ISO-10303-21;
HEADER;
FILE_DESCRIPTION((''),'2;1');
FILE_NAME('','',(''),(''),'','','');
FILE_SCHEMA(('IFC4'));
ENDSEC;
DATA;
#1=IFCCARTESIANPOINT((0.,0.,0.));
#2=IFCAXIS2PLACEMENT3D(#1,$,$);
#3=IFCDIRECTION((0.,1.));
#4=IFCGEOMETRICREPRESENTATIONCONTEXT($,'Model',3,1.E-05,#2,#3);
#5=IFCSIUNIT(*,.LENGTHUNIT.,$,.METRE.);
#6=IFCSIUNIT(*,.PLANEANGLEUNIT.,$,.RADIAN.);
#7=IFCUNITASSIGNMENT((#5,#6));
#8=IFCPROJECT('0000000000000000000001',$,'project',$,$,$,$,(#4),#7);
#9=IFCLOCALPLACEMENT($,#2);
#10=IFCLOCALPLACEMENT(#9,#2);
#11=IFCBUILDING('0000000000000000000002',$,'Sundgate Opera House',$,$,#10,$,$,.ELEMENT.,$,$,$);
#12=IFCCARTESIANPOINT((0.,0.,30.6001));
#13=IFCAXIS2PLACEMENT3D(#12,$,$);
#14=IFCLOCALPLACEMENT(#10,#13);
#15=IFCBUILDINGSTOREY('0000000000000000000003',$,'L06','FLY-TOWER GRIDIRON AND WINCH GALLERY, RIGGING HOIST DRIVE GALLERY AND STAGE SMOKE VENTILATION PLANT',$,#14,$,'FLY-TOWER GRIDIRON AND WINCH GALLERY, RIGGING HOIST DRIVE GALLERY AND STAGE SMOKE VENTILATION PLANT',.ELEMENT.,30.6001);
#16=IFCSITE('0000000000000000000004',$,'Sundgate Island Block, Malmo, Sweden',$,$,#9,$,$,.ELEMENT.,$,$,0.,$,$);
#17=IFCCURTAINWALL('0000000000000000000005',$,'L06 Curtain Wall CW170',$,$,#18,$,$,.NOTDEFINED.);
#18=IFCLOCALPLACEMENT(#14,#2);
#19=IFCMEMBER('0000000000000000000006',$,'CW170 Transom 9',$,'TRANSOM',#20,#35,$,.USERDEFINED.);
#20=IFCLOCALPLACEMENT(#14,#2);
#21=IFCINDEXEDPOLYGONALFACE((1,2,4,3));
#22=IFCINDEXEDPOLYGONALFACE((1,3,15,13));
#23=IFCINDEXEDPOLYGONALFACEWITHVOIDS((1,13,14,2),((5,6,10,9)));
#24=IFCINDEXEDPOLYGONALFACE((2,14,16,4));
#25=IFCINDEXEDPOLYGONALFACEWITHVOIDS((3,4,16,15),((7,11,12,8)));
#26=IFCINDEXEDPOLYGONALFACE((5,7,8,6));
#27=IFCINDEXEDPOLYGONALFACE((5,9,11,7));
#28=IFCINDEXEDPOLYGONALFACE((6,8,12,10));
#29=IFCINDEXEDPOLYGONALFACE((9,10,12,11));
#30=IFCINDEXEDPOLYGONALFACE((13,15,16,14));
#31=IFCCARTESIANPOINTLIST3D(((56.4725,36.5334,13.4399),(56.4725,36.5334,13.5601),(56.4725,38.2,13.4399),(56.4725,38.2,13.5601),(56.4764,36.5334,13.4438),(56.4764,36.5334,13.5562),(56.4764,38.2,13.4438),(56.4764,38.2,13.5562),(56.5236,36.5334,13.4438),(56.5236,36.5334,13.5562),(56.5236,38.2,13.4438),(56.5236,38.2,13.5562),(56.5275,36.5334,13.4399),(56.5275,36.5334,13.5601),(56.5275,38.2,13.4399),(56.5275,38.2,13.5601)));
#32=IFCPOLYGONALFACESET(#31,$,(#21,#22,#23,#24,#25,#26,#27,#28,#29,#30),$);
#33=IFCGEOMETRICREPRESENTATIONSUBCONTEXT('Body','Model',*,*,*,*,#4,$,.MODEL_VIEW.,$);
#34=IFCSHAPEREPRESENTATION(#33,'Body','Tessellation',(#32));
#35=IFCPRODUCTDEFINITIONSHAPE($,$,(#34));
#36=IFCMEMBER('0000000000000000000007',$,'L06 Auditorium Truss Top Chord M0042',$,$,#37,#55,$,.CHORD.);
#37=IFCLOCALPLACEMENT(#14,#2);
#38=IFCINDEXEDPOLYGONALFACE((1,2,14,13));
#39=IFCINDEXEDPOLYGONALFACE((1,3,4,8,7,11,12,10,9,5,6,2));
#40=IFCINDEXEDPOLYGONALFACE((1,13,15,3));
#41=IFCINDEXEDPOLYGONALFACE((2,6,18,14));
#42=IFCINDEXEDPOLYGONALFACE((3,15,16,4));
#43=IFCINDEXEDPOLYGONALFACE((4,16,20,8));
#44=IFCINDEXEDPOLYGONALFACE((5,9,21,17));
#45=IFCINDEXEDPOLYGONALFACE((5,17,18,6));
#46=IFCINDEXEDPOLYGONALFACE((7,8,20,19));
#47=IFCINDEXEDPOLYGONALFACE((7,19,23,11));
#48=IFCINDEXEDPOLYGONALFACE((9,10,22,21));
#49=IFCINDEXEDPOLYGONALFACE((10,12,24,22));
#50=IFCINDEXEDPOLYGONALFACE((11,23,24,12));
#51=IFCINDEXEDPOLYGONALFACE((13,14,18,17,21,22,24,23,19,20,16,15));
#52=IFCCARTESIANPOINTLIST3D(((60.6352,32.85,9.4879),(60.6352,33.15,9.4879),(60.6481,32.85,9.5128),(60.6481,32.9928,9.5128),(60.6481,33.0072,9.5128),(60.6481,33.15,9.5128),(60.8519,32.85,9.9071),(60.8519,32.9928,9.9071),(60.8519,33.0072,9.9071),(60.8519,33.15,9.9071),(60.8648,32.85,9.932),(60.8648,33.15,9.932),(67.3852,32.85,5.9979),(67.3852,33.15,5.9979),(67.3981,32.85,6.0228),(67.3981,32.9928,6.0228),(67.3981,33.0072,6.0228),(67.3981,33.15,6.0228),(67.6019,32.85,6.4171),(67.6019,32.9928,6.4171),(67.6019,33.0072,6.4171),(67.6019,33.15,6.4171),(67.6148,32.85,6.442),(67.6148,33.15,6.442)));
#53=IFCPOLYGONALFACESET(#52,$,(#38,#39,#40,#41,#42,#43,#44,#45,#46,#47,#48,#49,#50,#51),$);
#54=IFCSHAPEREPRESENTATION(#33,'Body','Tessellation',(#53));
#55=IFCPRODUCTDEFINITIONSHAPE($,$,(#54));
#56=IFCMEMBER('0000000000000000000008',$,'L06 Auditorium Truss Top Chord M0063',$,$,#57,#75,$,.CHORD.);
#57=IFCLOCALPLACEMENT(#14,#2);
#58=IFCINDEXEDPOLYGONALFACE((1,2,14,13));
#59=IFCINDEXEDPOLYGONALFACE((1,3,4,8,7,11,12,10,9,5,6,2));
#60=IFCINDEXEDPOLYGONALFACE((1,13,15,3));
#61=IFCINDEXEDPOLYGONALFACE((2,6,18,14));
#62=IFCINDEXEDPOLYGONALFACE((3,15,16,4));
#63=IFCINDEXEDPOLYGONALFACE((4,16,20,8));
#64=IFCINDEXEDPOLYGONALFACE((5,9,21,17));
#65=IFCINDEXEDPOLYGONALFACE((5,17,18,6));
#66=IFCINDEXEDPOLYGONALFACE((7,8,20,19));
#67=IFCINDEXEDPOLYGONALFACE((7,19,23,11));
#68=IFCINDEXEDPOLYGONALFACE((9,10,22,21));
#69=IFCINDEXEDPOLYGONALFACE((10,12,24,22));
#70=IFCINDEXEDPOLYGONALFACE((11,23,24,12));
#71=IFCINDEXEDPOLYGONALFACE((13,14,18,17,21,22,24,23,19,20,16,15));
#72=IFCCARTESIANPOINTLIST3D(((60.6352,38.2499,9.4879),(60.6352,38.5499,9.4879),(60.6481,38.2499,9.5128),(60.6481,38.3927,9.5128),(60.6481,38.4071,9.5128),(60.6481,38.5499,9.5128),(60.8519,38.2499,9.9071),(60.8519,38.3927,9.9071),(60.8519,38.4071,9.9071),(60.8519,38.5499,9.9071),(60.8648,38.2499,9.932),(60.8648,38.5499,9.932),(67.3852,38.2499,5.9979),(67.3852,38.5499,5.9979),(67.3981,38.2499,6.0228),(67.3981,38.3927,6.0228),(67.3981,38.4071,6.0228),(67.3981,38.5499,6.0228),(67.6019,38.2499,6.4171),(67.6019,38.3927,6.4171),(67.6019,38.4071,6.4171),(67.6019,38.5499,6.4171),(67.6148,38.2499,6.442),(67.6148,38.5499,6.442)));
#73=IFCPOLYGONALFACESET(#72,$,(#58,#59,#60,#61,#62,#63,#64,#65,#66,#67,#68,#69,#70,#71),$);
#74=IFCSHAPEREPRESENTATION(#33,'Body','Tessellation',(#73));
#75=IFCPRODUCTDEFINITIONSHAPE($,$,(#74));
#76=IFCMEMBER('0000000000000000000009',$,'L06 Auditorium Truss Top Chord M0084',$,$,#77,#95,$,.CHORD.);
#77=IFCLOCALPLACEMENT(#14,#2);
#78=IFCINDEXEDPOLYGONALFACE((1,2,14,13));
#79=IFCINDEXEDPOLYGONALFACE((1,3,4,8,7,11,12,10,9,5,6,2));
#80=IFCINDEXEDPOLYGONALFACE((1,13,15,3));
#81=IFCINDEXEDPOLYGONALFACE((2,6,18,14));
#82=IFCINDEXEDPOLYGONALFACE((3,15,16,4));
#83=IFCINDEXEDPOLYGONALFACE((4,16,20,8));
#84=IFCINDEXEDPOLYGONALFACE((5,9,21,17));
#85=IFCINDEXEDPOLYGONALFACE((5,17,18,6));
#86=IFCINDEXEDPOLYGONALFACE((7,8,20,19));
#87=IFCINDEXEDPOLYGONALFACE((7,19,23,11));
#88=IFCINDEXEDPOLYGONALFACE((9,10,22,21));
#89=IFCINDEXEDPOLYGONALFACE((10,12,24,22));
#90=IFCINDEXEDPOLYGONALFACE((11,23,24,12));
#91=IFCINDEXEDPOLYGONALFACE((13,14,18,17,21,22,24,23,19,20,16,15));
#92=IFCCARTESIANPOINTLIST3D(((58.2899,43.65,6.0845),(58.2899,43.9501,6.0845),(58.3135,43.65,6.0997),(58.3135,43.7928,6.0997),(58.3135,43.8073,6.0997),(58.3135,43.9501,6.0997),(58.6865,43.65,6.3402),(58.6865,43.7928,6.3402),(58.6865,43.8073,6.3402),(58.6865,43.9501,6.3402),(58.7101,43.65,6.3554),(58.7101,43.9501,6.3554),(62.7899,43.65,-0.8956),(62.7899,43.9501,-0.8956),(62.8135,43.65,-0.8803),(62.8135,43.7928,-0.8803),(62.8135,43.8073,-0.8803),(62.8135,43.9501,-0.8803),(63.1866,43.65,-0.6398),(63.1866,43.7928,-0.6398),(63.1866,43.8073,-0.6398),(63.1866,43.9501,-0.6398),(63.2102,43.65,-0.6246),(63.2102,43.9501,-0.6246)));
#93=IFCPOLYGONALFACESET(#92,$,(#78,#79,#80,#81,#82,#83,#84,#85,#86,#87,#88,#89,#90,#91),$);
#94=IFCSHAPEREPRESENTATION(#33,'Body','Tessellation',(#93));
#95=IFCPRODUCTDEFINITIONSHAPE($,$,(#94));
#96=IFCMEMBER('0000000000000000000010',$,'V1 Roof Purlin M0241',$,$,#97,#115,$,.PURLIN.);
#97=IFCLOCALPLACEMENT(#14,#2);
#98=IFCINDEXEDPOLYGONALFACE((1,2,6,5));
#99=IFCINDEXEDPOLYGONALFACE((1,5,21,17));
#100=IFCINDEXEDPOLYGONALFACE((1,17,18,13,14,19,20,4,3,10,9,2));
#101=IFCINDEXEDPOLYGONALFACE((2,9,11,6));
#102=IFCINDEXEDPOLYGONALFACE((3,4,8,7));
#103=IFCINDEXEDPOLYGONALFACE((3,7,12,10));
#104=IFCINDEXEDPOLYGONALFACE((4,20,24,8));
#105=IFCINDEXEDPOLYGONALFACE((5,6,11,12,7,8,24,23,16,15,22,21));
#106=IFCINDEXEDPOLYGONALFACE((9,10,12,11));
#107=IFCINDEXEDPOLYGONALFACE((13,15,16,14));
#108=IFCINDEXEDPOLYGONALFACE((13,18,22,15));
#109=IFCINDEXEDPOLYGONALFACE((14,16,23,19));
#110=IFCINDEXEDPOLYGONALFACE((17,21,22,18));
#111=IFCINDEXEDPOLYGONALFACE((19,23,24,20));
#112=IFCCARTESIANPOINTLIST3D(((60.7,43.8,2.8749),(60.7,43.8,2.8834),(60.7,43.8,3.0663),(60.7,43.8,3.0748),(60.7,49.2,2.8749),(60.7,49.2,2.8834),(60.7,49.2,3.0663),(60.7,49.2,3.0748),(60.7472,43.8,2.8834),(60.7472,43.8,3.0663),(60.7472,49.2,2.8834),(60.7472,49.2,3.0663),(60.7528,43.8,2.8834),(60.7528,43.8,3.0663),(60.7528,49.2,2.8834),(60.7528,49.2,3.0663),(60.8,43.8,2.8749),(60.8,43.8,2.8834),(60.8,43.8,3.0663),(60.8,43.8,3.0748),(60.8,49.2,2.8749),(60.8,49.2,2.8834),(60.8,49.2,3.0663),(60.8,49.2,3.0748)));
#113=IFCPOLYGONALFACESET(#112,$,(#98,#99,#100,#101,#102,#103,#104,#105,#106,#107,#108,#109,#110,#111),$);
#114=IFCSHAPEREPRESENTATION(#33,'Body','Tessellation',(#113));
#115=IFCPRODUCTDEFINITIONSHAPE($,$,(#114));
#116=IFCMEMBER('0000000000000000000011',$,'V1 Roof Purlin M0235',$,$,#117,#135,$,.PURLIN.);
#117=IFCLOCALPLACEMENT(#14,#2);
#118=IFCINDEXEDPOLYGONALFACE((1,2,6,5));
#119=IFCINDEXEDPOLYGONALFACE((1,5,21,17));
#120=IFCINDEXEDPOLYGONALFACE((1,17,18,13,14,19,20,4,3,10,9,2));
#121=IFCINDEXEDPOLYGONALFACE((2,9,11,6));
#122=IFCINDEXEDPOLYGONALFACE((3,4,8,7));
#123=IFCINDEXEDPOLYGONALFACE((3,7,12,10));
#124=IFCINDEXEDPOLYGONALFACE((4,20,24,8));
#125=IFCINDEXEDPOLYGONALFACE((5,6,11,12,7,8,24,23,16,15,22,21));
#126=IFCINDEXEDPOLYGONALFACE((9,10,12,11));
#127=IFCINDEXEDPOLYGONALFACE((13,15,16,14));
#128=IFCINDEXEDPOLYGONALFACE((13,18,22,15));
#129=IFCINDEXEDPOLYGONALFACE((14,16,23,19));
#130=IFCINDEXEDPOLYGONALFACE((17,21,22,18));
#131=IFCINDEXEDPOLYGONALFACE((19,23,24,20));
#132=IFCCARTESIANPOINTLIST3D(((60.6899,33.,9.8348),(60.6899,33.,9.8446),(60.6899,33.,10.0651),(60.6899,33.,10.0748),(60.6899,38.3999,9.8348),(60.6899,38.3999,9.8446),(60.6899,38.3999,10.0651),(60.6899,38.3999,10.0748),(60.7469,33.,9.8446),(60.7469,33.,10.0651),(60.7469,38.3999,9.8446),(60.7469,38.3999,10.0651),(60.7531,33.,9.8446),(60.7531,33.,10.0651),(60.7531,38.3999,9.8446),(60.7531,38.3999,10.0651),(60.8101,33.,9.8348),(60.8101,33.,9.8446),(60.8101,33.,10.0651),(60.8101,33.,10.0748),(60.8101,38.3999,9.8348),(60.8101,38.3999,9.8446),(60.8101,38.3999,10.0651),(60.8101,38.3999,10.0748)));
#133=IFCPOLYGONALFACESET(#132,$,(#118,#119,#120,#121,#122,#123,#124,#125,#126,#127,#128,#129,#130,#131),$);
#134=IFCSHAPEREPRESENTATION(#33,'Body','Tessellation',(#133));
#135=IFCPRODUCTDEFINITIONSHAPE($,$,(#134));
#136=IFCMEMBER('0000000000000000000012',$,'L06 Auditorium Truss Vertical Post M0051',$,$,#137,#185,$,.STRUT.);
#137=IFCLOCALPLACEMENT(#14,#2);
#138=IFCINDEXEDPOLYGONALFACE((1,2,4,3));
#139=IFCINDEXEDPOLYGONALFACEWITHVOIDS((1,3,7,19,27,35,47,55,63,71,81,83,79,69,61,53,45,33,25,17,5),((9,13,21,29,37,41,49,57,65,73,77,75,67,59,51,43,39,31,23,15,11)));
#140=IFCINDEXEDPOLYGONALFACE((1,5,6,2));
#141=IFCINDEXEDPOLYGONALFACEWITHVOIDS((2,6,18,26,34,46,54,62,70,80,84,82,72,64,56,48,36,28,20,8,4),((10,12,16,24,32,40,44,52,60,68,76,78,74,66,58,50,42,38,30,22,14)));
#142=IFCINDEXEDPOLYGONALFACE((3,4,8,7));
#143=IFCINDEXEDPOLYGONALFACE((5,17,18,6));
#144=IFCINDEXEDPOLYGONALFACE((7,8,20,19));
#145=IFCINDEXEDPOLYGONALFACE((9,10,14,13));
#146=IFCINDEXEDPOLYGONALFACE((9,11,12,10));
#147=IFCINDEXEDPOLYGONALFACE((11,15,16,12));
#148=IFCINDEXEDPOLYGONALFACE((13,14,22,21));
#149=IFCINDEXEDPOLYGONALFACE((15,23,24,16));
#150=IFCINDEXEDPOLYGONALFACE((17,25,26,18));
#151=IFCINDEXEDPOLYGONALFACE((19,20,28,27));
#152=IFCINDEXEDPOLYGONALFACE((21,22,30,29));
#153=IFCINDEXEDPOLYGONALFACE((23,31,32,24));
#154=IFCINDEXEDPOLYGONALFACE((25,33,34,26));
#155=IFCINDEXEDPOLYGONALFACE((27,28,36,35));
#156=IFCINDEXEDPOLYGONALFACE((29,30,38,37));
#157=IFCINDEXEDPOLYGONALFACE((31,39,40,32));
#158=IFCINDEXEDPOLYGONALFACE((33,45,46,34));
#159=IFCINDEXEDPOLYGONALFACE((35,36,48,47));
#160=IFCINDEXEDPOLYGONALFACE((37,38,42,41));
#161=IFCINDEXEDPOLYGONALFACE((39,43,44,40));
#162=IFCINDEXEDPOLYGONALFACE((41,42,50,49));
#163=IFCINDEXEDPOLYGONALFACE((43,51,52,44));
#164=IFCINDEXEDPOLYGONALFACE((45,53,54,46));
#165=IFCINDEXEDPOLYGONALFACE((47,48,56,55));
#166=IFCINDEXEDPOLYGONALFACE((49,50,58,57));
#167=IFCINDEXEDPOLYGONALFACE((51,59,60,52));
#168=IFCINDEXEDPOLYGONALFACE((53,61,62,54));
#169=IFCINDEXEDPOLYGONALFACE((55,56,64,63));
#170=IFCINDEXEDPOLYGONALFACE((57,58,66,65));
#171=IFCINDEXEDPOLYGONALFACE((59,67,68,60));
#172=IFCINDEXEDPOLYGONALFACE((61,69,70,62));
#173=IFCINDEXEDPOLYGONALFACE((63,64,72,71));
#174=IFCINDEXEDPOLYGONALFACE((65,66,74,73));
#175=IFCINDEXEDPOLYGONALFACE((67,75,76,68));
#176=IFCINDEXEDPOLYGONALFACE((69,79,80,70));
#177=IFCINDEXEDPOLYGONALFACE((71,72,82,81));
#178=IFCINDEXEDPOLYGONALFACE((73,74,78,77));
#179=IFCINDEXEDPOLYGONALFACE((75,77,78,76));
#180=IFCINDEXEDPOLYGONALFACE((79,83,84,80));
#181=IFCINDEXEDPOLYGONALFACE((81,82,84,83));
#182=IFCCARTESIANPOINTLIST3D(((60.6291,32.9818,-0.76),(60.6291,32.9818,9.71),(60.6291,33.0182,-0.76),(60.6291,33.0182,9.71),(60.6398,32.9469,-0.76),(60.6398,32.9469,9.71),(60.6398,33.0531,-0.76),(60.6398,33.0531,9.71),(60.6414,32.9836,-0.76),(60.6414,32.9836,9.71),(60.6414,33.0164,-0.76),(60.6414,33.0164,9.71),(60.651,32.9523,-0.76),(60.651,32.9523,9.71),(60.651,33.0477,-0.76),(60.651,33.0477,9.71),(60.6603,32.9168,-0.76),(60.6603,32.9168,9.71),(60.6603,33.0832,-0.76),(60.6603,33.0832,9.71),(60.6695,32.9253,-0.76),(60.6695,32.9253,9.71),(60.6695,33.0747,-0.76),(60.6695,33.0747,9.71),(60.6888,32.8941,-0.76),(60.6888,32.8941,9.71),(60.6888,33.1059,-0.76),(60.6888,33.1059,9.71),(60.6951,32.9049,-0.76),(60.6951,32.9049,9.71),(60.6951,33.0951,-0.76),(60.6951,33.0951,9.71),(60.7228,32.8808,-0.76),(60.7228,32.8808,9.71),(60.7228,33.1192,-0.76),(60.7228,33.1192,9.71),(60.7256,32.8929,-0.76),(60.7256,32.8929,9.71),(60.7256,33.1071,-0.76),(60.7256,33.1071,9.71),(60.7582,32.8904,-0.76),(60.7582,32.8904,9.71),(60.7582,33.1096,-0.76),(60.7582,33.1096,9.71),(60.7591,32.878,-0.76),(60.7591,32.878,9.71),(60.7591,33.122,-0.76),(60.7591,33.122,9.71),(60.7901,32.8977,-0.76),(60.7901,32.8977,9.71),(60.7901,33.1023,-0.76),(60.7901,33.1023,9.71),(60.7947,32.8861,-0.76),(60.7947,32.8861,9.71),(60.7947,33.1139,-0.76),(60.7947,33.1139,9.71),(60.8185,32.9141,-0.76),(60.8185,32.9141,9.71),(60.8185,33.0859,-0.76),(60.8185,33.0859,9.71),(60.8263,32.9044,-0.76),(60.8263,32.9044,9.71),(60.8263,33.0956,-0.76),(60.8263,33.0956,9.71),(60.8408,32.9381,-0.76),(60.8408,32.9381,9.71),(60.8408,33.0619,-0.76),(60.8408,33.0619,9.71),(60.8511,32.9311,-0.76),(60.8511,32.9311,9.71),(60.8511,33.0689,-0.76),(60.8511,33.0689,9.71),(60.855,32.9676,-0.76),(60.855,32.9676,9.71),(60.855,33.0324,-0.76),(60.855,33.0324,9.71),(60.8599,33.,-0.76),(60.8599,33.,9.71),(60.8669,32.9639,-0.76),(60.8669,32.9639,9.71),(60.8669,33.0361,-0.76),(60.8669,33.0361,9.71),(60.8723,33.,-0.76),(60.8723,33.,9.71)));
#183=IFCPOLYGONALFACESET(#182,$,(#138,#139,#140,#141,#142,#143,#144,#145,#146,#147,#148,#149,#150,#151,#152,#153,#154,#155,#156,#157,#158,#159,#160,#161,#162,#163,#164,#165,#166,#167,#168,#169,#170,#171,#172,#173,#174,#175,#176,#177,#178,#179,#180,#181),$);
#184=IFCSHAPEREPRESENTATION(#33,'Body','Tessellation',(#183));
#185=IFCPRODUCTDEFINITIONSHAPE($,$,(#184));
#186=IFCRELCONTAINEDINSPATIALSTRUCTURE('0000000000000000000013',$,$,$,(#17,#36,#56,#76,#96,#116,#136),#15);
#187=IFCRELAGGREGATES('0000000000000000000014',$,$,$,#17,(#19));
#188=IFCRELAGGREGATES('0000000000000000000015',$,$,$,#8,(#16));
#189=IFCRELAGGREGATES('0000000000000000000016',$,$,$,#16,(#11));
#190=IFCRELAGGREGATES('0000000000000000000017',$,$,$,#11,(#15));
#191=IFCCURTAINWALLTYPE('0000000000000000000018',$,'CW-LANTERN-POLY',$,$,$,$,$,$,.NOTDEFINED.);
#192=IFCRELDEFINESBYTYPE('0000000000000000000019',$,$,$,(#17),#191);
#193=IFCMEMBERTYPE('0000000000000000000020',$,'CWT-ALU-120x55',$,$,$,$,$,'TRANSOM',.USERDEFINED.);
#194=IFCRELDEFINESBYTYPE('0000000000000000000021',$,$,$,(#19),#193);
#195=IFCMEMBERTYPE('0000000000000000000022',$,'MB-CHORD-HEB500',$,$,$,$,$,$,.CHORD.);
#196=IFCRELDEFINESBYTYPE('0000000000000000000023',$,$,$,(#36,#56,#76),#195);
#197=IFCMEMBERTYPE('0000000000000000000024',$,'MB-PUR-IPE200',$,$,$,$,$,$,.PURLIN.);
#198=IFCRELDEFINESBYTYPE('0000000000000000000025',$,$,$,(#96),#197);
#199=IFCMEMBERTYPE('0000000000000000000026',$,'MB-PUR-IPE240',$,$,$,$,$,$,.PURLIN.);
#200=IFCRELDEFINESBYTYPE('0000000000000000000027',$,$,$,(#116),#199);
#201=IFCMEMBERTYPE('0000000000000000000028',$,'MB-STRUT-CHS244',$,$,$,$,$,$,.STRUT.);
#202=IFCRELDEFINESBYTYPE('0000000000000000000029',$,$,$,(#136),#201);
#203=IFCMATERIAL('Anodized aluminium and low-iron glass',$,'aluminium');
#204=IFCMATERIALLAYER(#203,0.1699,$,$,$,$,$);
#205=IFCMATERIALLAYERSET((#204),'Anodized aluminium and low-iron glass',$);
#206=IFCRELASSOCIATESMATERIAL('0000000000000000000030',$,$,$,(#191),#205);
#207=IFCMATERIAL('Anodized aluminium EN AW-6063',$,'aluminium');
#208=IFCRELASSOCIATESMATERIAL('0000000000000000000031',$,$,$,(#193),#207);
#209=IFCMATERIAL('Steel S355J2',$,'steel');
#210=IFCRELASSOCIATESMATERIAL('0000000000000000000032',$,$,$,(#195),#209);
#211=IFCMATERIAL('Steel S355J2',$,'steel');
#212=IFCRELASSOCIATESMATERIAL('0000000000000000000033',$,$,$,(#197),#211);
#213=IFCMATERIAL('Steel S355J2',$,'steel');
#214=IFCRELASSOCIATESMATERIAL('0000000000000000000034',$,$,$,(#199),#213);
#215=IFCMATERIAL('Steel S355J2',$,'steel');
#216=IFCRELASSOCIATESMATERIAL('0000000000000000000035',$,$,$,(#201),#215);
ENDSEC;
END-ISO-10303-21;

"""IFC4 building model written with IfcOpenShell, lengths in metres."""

from ifc_helpers import new_model, si_unit, direction, frame, origin, origin_2d, place, context, subcontext, project, spatial, hollow_rectangle, hollow_circle, i_section, extrude, material, layer, layer_set, material_profile, profile_set, type_object, element, aggregate, save


model = new_model("IFC4")

# Units and contexts
model_context = context("Model", 3, precision=1e-05, world=origin(), true_north=direction((0.0, 1.0)))
body_context = subcontext(model_context, "Body", "Model", "MODEL_VIEW")
ifc_project = project(units=[si_unit("LENGTHUNIT", "METRE"), si_unit("PLANEANGLEUNIT", "RADIAN")], contexts=[model_context])

# Site, building, storey
site_placement = place(None, origin())
site = spatial("IfcSite", under=ifc_project, at=site_placement, Name="Sundgate Island Block, Malmo, Sweden", CompositionType="ELEMENT", RefElevation=0.0)
building_placement = place(site_placement, origin())
building = spatial("IfcBuilding", under=site, at=building_placement, Name="Sundgate Opera House", CompositionType="ELEMENT")
storey_placement = place(building_placement, frame((0.0, 0.0, 30.6001)))
storey = spatial("IfcBuildingStorey", under=building, at=storey_placement, Name="L06", Description="FLY-TOWER GRIDIRON AND WINCH GALLERY, RIGGING HOIST DRIVE GALLERY AND STAGE SMOKE VENTILATION PLANT", LongName="FLY-TOWER GRIDIRON AND WINCH GALLERY, RIGGING HOIST DRIVE GALLERY AND STAGE SMOKE VENTILATION PLANT", CompositionType="ELEMENT", Elevation=30.6001)

# Curtain wall, member
ifc_material_1 = material(Name="Anodized aluminium and low-iron glass", Category="aluminium")
ifc_layer_1 = layer(ifc_material_1, 0.1699)
ifc_layer_set_1 = layer_set([ifc_layer_1], Name="Anodized aluminium and low-iron glass")
curtain_wall_type = type_object("IfcCurtainWallType", Name="CW-LANTERN-POLY", PredefinedType="NOTDEFINED", material=ifc_layer_set_1)
curtain_wall_placement = place(storey_placement, origin())
curtain_wall = element("IfcCurtainWall", 1, at=curtain_wall_placement, inside=storey, type_object=curtain_wall_type, Name="L06 Curtain Wall CW170", PredefinedType="NOTDEFINED")
ifc_material_2 = material(Name="Anodized aluminium EN AW-6063", Category="aluminium")
ifc_material_profile_1 = material_profile(ifc_material_2, hollow_rectangle(XDim=0.0549, YDim=0.1201, WallThickness=0.0039, at=origin_2d()), Name="CWT 120x55x4")
ifc_profile_set_1 = profile_set([ifc_material_profile_1], Name="Anodized aluminium EN AW-6063")
member_type_1 = type_object("IfcMemberType", Name="CWT-ALU-120x55", ElementType="TRANSOM", PredefinedType="USERDEFINED", material=ifc_profile_set_1)
member_1_placement = place(storey_placement, frame((56.5, 36.5334, 13.5), z_axis=(0.0, 1.0, 0.0), x_axis=(-1.0, 0.0, 0.0)))
member_1 = element("IfcMember", 2, at=member_1_placement, type_object=member_type_1, Name="CW170 Transom 9", ObjectType="TRANSOM", PredefinedType="USERDEFINED", context=body_context, shape_type="SweptSolid", body=[
    extrude(hollow_rectangle(XDim=0.0549, YDim=0.1201, WallThickness=0.0039, at=origin_2d()), origin(), (0.0, 0.0, 1.0), 1.6665),
])

# Members
ifc_material_3 = material(Name="Steel S355J2", Category="steel")
ifc_material_profile_2 = material_profile(ifc_material_3, i_section(OverallWidth=0.3, OverallDepth=0.5, WebThickness=0.0144, FlangeThickness=0.0281, at=origin_2d()), Name="HEB 500")
ifc_profile_set_2 = profile_set([ifc_material_profile_2], Name="Steel S355J2")
member_type_2 = type_object("IfcMemberType", Name="MB-CHORD-HEB500", PredefinedType="CHORD", material=ifc_profile_set_2)
for number, where, z_axis, x_axis, name in (
    (3, (60.75, 33.0, 9.71), (0.888292, 0.0, -0.459279), (0.0, 1.0, 0.0), "L06 Auditorium Truss Top Chord M0042"),
    (4, (60.75, 38.3999, 9.71), (0.888292, 0.0, -0.459279), (0.0, 1.0, 0.0), "L06 Auditorium Truss Top Chord M0063"),
):
    element("IfcMember", number, at=place(storey_placement, frame(where, z_axis=z_axis, x_axis=x_axis)), inside=storey, type_object=member_type_2, Name=name, PredefinedType="CHORD", context=body_context, shape_type="SweptSolid", body=[
        extrude(i_section(OverallWidth=0.3, OverallDepth=0.5, WebThickness=0.0144, FlangeThickness=0.0281, at=origin_2d()), origin(), (0.0, 0.0, 1.0), 7.5989),
    ])
member_2_placement = place(storey_placement, frame((58.5, 43.8, 6.22), z_axis=(0.541854, 0.0, -0.840473), x_axis=(0.0, 1.0, 0.0)))
element("IfcMember", 5, at=member_2_placement, inside=storey, type_object=member_type_2, Name="L06 Auditorium Truss Top Chord M0084", PredefinedType="CHORD", context=body_context, shape_type="SweptSolid", body=[
    extrude(i_section(OverallWidth=0.3, OverallDepth=0.5, WebThickness=0.0144, FlangeThickness=0.0281, at=origin_2d()), origin(), (0.0, 0.0, 1.0), 8.3049),
])
ifc_material_4 = material(Name="Steel S355J2", Category="steel")
ifc_material_profile_3 = material_profile(ifc_material_4, i_section(OverallWidth=0.1001, OverallDepth=0.2, WebThickness=0.0056, FlangeThickness=0.0085, at=origin_2d()), Name="IPE 200")
ifc_profile_set_3 = profile_set([ifc_material_profile_3], Name="Steel S355J2")
member_type_3 = type_object("IfcMemberType", Name="MB-PUR-IPE200", PredefinedType="PURLIN", material=ifc_profile_set_3)
member_3_placement = place(storey_placement, frame((60.75, 43.8, 2.9749), z_axis=(0.0, 1.0, 0.0), x_axis=(-1.0, 0.0, 0.0)))
element("IfcMember", 6, at=member_3_placement, inside=storey, type_object=member_type_3, Name="V1 Roof Purlin M0241", PredefinedType="PURLIN", context=body_context, shape_type="SweptSolid", body=[
    extrude(i_section(OverallWidth=0.1001, OverallDepth=0.2, WebThickness=0.0056, FlangeThickness=0.0085, at=origin_2d()), origin(), (0.0, 0.0, 1.0), 5.3999),
])
ifc_material_5 = material(Name="Steel S355J2", Category="steel")
ifc_material_profile_4 = material_profile(ifc_material_5, i_section(OverallWidth=0.1201, OverallDepth=0.24, WebThickness=0.0061, FlangeThickness=0.0098, at=origin_2d()), Name="IPE 240")
ifc_profile_set_4 = profile_set([ifc_material_profile_4], Name="Steel S355J2")
member_type_4 = type_object("IfcMemberType", Name="MB-PUR-IPE240", PredefinedType="PURLIN", material=ifc_profile_set_4)
member_4_placement = place(storey_placement, frame((60.75, 33.0, 9.9548), z_axis=(0.0, 1.0, 0.0), x_axis=(-1.0, 0.0, 0.0)))
element("IfcMember", 7, at=member_4_placement, inside=storey, type_object=member_type_4, Name="V1 Roof Purlin M0235", PredefinedType="PURLIN", context=body_context, shape_type="SweptSolid", body=[
    extrude(i_section(OverallWidth=0.1201, OverallDepth=0.24, WebThickness=0.0061, FlangeThickness=0.0098, at=origin_2d()), origin(), (0.0, 0.0, 1.0), 5.3999),
])
ifc_material_6 = material(Name="Steel S355J2", Category="steel")
ifc_material_profile_5 = material_profile(ifc_material_6, hollow_circle(Radius=0.1223, WallThickness=0.0125, at=origin_2d()), Name="CHS 244.5x12.5")
ifc_profile_set_5 = profile_set([ifc_material_profile_5], Name="Steel S355J2")
member_type_5 = type_object("IfcMemberType", Name="MB-STRUT-CHS244", PredefinedType="STRUT", material=ifc_profile_set_5)
for number, where, z_axis, x_axis, name in (
    (8, (60.75, 33.0, -0.76), (0.0, 0.0, 1.0), (1.0, 0.0, 0.0), "L06 Auditorium Truss Vertical Post M0051"),
):
    element("IfcMember", number, at=place(storey_placement, frame(where, z_axis=z_axis, x_axis=x_axis)), inside=storey, type_object=member_type_5, Name=name, PredefinedType="STRUT", context=body_context, shape_type="SweptSolid", body=[
        extrude(hollow_circle(Radius=0.1223, WallThickness=0.0125, at=origin_2d()), origin(), (0.0, 0.0, 1.0), 10.47),
    ])

aggregate(curtain_wall, [member_1])

save(model, "model.ifc")
